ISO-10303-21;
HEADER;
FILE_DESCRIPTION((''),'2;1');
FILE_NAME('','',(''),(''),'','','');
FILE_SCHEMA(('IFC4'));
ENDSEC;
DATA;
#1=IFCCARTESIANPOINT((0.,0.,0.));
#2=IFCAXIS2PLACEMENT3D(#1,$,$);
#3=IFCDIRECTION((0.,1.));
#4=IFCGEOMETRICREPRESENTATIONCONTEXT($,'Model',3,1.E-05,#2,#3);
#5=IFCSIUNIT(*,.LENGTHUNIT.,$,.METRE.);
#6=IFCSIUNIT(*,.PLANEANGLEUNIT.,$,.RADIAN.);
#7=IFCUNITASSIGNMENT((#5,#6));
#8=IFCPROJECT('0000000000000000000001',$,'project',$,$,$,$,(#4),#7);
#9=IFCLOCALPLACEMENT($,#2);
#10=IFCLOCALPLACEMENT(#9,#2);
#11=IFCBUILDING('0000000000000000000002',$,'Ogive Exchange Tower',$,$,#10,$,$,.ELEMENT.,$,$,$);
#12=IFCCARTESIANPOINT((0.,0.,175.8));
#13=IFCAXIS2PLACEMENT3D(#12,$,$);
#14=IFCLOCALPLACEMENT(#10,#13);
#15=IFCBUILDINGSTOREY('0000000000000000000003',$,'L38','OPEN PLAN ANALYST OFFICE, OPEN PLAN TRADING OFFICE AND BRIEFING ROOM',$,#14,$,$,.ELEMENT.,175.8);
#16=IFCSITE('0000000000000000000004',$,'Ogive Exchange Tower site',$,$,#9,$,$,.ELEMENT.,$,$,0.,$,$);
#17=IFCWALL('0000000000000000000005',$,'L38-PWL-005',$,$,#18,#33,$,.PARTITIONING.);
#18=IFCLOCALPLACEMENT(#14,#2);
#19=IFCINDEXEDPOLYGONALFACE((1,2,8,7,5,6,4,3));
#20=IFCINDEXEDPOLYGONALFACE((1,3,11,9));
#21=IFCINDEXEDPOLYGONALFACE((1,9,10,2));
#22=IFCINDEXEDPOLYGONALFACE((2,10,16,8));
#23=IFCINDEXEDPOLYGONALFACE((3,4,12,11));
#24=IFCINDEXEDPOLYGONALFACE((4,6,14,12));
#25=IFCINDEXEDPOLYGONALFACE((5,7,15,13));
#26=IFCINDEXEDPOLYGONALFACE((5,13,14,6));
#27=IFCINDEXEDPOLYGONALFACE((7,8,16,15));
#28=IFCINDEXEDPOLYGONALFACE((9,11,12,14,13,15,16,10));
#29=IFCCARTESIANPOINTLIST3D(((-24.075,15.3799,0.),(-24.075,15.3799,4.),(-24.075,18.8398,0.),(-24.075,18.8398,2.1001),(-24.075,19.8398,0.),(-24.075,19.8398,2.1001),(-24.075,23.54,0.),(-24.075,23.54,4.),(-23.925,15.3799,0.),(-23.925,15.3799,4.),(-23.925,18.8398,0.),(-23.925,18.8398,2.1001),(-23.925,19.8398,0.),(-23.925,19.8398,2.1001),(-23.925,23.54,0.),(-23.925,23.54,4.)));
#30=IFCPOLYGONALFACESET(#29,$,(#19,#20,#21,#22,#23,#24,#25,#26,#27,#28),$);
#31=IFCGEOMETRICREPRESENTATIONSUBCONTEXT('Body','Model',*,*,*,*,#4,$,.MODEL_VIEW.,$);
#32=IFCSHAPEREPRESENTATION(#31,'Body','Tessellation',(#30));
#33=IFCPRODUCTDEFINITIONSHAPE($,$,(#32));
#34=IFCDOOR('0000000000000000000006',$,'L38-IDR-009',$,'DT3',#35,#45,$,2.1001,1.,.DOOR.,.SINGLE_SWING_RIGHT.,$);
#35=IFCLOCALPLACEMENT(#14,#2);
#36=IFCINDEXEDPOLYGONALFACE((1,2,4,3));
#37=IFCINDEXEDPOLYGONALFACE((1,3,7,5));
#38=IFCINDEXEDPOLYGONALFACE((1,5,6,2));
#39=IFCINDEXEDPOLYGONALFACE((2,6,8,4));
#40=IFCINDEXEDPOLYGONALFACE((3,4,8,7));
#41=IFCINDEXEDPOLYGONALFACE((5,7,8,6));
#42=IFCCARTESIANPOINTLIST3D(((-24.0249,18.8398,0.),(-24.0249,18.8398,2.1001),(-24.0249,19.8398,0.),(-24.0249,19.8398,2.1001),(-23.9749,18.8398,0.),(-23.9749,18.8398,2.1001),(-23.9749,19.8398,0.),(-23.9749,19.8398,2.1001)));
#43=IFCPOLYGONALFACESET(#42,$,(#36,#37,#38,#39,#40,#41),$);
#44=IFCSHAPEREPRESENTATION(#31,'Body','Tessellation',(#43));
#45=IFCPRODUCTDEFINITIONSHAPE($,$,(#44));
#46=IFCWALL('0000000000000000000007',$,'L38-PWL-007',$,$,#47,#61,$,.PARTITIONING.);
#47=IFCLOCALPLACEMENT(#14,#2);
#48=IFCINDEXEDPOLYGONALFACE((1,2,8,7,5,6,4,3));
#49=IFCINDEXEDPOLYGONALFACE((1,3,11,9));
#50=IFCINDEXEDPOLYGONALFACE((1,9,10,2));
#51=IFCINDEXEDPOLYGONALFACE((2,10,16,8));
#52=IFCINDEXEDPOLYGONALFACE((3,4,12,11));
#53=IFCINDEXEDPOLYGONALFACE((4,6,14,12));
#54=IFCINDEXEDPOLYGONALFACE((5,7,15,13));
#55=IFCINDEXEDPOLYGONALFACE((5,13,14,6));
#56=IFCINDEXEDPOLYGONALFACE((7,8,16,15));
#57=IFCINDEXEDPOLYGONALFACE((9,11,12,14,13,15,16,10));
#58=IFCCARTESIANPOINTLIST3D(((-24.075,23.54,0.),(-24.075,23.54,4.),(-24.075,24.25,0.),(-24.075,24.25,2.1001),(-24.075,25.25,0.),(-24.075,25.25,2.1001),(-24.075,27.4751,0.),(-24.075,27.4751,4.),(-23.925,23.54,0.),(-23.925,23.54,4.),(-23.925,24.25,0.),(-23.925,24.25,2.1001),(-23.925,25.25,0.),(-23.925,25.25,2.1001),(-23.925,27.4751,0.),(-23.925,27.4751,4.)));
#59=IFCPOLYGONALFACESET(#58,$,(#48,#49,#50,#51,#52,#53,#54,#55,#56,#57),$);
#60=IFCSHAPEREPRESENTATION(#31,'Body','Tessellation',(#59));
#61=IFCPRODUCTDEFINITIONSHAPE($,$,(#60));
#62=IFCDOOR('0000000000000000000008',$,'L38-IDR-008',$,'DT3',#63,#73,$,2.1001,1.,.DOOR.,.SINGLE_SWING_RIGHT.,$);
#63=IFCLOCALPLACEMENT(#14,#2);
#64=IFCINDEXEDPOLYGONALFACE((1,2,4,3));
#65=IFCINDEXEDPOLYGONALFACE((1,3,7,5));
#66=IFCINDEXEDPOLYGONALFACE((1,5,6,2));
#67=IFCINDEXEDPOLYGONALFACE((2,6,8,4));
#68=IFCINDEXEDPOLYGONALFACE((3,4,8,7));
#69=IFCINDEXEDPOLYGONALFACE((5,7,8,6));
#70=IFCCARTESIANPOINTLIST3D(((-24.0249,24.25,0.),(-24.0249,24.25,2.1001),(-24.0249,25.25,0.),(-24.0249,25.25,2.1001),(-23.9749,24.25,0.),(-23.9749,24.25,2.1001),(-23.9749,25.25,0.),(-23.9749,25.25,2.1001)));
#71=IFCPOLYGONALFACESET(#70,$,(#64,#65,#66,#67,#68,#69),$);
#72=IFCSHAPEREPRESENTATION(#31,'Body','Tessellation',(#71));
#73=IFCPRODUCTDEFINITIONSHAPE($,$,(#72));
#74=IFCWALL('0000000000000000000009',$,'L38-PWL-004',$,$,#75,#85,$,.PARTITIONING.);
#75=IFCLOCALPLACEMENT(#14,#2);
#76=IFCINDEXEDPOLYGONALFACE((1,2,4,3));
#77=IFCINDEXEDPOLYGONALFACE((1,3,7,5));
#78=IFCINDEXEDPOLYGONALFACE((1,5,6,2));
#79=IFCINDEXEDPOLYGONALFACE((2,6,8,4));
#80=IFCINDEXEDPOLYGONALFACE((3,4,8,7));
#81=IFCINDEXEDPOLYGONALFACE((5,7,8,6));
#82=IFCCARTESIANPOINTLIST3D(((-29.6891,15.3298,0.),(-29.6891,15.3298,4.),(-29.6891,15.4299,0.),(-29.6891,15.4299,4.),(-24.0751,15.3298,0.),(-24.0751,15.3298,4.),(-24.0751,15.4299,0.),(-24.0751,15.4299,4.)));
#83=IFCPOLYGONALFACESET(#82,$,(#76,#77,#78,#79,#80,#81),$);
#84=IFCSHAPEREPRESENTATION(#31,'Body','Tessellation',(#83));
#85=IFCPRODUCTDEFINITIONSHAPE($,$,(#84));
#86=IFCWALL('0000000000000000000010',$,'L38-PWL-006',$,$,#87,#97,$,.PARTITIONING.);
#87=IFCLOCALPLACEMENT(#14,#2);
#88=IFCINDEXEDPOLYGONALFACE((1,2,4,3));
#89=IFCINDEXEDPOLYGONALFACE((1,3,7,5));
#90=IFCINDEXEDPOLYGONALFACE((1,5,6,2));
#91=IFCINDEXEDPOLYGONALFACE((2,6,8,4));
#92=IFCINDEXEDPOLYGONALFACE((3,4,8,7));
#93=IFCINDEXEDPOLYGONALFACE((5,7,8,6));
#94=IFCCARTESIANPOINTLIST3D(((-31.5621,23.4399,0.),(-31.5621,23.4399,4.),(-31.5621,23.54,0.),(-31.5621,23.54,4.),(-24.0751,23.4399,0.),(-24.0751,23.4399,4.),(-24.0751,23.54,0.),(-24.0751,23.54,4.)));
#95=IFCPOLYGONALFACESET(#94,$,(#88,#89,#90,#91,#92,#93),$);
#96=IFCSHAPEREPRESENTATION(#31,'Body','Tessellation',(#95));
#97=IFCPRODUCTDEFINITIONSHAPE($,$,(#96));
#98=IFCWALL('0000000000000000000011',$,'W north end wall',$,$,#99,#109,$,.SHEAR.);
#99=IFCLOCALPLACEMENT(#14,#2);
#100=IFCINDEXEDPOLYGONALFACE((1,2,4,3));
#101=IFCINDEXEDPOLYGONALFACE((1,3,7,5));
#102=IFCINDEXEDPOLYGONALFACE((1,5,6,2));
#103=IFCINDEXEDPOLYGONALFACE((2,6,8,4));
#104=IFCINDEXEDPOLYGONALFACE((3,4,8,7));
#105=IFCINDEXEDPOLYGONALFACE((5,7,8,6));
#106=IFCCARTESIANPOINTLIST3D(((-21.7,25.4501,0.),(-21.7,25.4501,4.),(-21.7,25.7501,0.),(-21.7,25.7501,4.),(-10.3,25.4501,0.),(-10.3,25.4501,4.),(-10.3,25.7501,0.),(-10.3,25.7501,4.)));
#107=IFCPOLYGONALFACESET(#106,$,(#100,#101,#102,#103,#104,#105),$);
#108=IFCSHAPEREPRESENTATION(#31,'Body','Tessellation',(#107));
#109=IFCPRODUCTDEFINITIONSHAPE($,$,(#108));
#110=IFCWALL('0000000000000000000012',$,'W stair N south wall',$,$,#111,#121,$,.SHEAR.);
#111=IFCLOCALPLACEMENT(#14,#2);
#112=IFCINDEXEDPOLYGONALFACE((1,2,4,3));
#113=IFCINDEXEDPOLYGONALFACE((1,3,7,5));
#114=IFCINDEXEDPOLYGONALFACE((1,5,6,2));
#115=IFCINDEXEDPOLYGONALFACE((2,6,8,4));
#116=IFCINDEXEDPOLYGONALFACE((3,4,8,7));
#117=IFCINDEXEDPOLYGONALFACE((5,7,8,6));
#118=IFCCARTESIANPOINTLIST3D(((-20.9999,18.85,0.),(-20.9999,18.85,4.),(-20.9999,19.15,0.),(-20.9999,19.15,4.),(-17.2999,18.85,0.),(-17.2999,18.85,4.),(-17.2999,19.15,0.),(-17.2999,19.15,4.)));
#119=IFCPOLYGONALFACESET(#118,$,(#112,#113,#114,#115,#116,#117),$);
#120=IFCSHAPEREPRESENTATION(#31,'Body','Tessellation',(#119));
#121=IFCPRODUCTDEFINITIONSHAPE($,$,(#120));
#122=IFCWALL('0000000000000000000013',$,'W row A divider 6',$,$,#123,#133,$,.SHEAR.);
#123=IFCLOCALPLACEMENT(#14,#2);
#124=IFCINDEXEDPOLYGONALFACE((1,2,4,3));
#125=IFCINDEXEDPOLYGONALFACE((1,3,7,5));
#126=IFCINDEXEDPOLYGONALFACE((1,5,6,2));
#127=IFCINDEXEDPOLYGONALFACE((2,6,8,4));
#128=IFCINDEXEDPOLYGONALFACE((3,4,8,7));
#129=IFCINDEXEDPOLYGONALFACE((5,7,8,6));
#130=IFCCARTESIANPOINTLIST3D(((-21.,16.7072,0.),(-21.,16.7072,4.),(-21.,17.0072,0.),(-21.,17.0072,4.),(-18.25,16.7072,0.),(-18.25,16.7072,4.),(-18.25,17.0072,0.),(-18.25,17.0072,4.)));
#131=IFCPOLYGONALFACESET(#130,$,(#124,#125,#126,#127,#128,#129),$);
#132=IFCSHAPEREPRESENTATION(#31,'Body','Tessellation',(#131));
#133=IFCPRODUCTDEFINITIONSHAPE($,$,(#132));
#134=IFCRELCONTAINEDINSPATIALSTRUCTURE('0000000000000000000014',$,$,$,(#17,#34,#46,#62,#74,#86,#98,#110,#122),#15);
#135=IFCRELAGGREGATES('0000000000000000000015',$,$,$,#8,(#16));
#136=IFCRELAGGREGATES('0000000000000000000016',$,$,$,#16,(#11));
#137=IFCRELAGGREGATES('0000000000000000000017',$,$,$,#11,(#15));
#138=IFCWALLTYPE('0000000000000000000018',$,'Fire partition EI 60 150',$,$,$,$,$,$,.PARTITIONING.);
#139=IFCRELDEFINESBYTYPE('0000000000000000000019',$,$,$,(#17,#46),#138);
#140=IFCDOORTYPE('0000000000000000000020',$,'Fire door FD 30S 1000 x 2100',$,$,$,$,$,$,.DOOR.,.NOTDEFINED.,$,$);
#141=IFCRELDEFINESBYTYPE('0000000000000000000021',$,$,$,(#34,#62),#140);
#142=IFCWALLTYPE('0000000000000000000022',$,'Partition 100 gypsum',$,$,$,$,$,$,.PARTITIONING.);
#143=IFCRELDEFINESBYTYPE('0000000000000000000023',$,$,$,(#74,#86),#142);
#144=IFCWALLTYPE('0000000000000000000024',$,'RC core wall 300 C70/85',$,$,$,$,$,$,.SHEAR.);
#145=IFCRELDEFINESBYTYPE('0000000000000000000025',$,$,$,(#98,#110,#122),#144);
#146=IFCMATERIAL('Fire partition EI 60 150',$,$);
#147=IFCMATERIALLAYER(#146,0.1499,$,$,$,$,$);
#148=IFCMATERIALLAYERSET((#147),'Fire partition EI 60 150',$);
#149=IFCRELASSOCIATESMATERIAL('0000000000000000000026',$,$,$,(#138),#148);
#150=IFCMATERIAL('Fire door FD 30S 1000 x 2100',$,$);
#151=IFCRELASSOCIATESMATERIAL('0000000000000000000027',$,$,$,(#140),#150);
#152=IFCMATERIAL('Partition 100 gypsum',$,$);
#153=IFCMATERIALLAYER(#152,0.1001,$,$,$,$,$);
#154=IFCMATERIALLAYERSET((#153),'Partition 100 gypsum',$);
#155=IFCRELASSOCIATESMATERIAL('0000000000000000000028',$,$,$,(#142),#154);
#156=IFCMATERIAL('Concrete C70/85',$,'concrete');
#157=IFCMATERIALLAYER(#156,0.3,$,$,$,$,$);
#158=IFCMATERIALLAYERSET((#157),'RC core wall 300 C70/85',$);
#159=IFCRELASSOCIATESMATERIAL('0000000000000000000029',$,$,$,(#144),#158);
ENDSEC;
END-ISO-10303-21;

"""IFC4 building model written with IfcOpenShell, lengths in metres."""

from ifc_helpers import new_model, si_unit, direction, frame, frame_2d, origin, place, context, subcontext, project, spatial, rectangle, extrude, material, layer, layer_set, type_object, element, fill, save


model = new_model("IFC4")

# Units and contexts
model_context = context("Model", 3, precision=1e-05, world=origin(), true_north=direction((0.0, 1.0)))
body_context = subcontext(model_context, "Body", "Model", "MODEL_VIEW")
ifc_project = project(units=[si_unit("LENGTHUNIT", "METRE"), si_unit("PLANEANGLEUNIT", "RADIAN")], contexts=[model_context])

# Site, building, storey
site_placement = place(None, origin())
site = spatial("IfcSite", under=ifc_project, at=site_placement, Name="Ogive Exchange Tower site", CompositionType="ELEMENT", RefElevation=0.0)
building_placement = place(site_placement, origin())
building = spatial("IfcBuilding", under=site, at=building_placement, Name="Ogive Exchange Tower", CompositionType="ELEMENT")
storey_placement = place(building_placement, frame((0.0, 0.0, 175.8)))
storey = spatial("IfcBuildingStorey", under=building, at=storey_placement, Name="L38", Description="OPEN PLAN ANALYST OFFICE, OPEN PLAN TRADING OFFICE AND BRIEFING ROOM", CompositionType="ELEMENT", Elevation=175.8)

# Walls, openings, doors
ifc_material_1 = material(Name="Fire partition EI 60 150")
ifc_layer_1 = layer(ifc_material_1, 0.1499)
ifc_layer_set_1 = layer_set([ifc_layer_1], Name="Fire partition EI 60 150")
wall_type_1 = type_object("IfcWallType", Name="Fire partition EI 60 150", PredefinedType="PARTITIONING", material=ifc_layer_set_1)
wall_1_placement = place(storey_placement, frame((-24.0, 15.3799, 0.0), z_axis=(0.0, 0.0, 1.0), x_axis=(0.0, 1.0, 0.0)))
wall_1 = element("IfcWall", 1, at=wall_1_placement, inside=storey, type_object=wall_type_1, Name="L38-PWL-005", PredefinedType="PARTITIONING", context=body_context, shape_type="SweptSolid", body=[
    extrude(rectangle(XDim=8.1602, YDim=0.1499, at=frame_2d((4.0801, 0.0))), origin(), (0.0, 0.0, 1.0), 4.0),
])
opening_1_placement = place(wall_1_placement, frame((3.46, 0.0, 0.0)))
opening_1 = element("IfcOpeningElement", 2, at=opening_1_placement, cuts=wall_1, PredefinedType="OPENING", context=body_context, shape_type="SweptSolid", body=[
    extrude(rectangle(XDim=1.0, YDim=2.1001, at=frame_2d((0.5, 1.05))), frame((0.0, 0.085, 0.0), z_axis=(0.0, -1.0, 0.0), x_axis=(1.0, 0.0, 0.0)), (0.0, 0.0, 1.0), 0.1699),
])
ifc_material_2 = material(Name="Fire door FD 30S 1000 x 2100")
door_type = type_object("IfcDoorType", Name="Fire door FD 30S 1000 x 2100", OperationType="NOTDEFINED", PredefinedType="DOOR", material=ifc_material_2)
door_1_placement = place(opening_1_placement, origin())
door_1 = element("IfcDoor", 3, at=door_1_placement, inside=storey, type_object=door_type, Name="L38-IDR-009", ObjectType="DT3", OperationType="SINGLE_SWING_RIGHT", OverallHeight=2.1001, OverallWidth=1.0, PredefinedType="DOOR", context=body_context, shape_type="SweptSolid", body=[
    extrude(rectangle(XDim=1.0, YDim=2.1001, at=frame_2d((0.5, 1.05))), frame((0.0, 0.0249, 0.0), z_axis=(0.0, -1.0, 0.0), x_axis=(1.0, 0.0, 0.0)), (0.0, 0.0, 1.0), 0.05),
])
fill(opening_1, door_1)
wall_2_placement = place(storey_placement, frame((-24.0, 23.54, 0.0), z_axis=(0.0, 0.0, 1.0), x_axis=(0.0, 1.0, 0.0)))
wall_2 = element("IfcWall", 4, at=wall_2_placement, inside=storey, type_object=wall_type_1, Name="L38-PWL-007", PredefinedType="PARTITIONING", context=body_context, shape_type="SweptSolid", body=[
    extrude(rectangle(XDim=3.9351, YDim=0.1499, at=frame_2d((1.9675, 0.0))), origin(), (0.0, 0.0, 1.0), 4.0),
])
opening_2_placement = place(wall_2_placement, frame((0.71, 0.0, 0.0)))
opening_2 = element("IfcOpeningElement", 5, at=opening_2_placement, cuts=wall_2, PredefinedType="OPENING", context=body_context, shape_type="SweptSolid", body=[
    extrude(rectangle(XDim=1.0, YDim=2.1001, at=frame_2d((0.5, 1.05))), frame((0.0, 0.085, 0.0), z_axis=(0.0, -1.0, 0.0), x_axis=(1.0, 0.0, 0.0)), (0.0, 0.0, 1.0), 0.1699),
])
door_2_placement = place(opening_2_placement, origin())
door_2 = element("IfcDoor", 6, at=door_2_placement, inside=storey, type_object=door_type, Name="L38-IDR-008", ObjectType="DT3", OperationType="SINGLE_SWING_RIGHT", OverallHeight=2.1001, OverallWidth=1.0, PredefinedType="DOOR", context=body_context, shape_type="SweptSolid", body=[
    extrude(rectangle(XDim=1.0, YDim=2.1001, at=frame_2d((0.5, 1.05))), frame((0.0, 0.0249, 0.0), z_axis=(0.0, -1.0, 0.0), x_axis=(1.0, 0.0, 0.0)), (0.0, 0.0, 1.0), 0.05),
])
fill(opening_2, door_2)

# Walls
ifc_material_3 = material(Name="Partition 100 gypsum")
ifc_layer_2 = layer(ifc_material_3, 0.1001)
ifc_layer_set_2 = layer_set([ifc_layer_2], Name="Partition 100 gypsum")
wall_type_2 = type_object("IfcWallType", Name="Partition 100 gypsum", PredefinedType="PARTITIONING", material=ifc_layer_set_2)
wall_3_placement = place(storey_placement, frame((-24.075, 15.3799, 0.0), z_axis=(0.0, 0.0, 1.0), x_axis=(-1.0, 0.0, 0.0)))
element("IfcWall", 7, at=wall_3_placement, inside=storey, type_object=wall_type_2, Name="L38-PWL-004", PredefinedType="PARTITIONING", context=body_context, shape_type="SweptSolid", body=[
    extrude(rectangle(XDim=5.614, YDim=0.1001, at=frame_2d((2.8071, 0.0))), origin(), (0.0, 0.0, 1.0), 4.0),
])
wall_4_placement = place(storey_placement, frame((-24.075, 23.49, 0.0), z_axis=(0.0, 0.0, 1.0), x_axis=(-1.0, 0.0, 0.0)))
element("IfcWall", 8, at=wall_4_placement, inside=storey, type_object=wall_type_2, Name="L38-PWL-006", PredefinedType="PARTITIONING", context=body_context, shape_type="SweptSolid", body=[
    extrude(rectangle(XDim=7.4871, YDim=0.1001, at=frame_2d((3.7437, 0.0))), origin(), (0.0, 0.0, 1.0), 4.0),
])
ifc_material_4 = material(Name="Concrete C70/85", Category="concrete")
ifc_layer_3 = layer(ifc_material_4, 0.3)
ifc_layer_set_3 = layer_set([ifc_layer_3], Name="RC core wall 300 C70/85")
wall_type_3 = type_object("IfcWallType", Name="RC core wall 300 C70/85", PredefinedType="SHEAR", material=ifc_layer_set_3)
wall_5_placement = place(storey_placement, frame((-21.7, 25.6001, 0.0), z_axis=(0.0, 0.0, 1.0), x_axis=(1.0, 0.0, 0.0)))
element("IfcWall", 9, at=wall_5_placement, inside=storey, type_object=wall_type_3, Name="W north end wall", PredefinedType="SHEAR", context=body_context, shape_type="SweptSolid", body=[
    extrude(rectangle(XDim=11.3999, YDim=0.3, at=frame_2d((5.7, 0.0))), origin(), (0.0, 0.0, 1.0), 4.0),
])
wall_6_placement = place(storey_placement, frame((-21.0, 19.0, 0.0), z_axis=(0.0, 0.0, 1.0), x_axis=(1.0, 0.0, 0.0)))
element("IfcWall", 10, at=wall_6_placement, inside=storey, type_object=wall_type_3, Name="W stair N south wall", PredefinedType="SHEAR", context=body_context, shape_type="SweptSolid", body=[
    extrude(rectangle(XDim=3.7, YDim=0.3, at=frame_2d((1.8501, 0.0))), origin(), (0.0, 0.0, 1.0), 4.0),
])
wall_7_placement = place(storey_placement, frame((-21.0, 16.8572, 0.0), z_axis=(0.0, 0.0, 1.0), x_axis=(1.0, 0.0, 0.0)))
element("IfcWall", 11, at=wall_7_placement, inside=storey, type_object=wall_type_3, Name="W row A divider 6", PredefinedType="SHEAR", context=body_context, shape_type="SweptSolid", body=[
    extrude(rectangle(XDim=2.75, YDim=0.3, at=frame_2d((1.375, 0.0))), origin(), (0.0, 0.0, 1.0), 4.0),
])

save(model, "model.ifc")
